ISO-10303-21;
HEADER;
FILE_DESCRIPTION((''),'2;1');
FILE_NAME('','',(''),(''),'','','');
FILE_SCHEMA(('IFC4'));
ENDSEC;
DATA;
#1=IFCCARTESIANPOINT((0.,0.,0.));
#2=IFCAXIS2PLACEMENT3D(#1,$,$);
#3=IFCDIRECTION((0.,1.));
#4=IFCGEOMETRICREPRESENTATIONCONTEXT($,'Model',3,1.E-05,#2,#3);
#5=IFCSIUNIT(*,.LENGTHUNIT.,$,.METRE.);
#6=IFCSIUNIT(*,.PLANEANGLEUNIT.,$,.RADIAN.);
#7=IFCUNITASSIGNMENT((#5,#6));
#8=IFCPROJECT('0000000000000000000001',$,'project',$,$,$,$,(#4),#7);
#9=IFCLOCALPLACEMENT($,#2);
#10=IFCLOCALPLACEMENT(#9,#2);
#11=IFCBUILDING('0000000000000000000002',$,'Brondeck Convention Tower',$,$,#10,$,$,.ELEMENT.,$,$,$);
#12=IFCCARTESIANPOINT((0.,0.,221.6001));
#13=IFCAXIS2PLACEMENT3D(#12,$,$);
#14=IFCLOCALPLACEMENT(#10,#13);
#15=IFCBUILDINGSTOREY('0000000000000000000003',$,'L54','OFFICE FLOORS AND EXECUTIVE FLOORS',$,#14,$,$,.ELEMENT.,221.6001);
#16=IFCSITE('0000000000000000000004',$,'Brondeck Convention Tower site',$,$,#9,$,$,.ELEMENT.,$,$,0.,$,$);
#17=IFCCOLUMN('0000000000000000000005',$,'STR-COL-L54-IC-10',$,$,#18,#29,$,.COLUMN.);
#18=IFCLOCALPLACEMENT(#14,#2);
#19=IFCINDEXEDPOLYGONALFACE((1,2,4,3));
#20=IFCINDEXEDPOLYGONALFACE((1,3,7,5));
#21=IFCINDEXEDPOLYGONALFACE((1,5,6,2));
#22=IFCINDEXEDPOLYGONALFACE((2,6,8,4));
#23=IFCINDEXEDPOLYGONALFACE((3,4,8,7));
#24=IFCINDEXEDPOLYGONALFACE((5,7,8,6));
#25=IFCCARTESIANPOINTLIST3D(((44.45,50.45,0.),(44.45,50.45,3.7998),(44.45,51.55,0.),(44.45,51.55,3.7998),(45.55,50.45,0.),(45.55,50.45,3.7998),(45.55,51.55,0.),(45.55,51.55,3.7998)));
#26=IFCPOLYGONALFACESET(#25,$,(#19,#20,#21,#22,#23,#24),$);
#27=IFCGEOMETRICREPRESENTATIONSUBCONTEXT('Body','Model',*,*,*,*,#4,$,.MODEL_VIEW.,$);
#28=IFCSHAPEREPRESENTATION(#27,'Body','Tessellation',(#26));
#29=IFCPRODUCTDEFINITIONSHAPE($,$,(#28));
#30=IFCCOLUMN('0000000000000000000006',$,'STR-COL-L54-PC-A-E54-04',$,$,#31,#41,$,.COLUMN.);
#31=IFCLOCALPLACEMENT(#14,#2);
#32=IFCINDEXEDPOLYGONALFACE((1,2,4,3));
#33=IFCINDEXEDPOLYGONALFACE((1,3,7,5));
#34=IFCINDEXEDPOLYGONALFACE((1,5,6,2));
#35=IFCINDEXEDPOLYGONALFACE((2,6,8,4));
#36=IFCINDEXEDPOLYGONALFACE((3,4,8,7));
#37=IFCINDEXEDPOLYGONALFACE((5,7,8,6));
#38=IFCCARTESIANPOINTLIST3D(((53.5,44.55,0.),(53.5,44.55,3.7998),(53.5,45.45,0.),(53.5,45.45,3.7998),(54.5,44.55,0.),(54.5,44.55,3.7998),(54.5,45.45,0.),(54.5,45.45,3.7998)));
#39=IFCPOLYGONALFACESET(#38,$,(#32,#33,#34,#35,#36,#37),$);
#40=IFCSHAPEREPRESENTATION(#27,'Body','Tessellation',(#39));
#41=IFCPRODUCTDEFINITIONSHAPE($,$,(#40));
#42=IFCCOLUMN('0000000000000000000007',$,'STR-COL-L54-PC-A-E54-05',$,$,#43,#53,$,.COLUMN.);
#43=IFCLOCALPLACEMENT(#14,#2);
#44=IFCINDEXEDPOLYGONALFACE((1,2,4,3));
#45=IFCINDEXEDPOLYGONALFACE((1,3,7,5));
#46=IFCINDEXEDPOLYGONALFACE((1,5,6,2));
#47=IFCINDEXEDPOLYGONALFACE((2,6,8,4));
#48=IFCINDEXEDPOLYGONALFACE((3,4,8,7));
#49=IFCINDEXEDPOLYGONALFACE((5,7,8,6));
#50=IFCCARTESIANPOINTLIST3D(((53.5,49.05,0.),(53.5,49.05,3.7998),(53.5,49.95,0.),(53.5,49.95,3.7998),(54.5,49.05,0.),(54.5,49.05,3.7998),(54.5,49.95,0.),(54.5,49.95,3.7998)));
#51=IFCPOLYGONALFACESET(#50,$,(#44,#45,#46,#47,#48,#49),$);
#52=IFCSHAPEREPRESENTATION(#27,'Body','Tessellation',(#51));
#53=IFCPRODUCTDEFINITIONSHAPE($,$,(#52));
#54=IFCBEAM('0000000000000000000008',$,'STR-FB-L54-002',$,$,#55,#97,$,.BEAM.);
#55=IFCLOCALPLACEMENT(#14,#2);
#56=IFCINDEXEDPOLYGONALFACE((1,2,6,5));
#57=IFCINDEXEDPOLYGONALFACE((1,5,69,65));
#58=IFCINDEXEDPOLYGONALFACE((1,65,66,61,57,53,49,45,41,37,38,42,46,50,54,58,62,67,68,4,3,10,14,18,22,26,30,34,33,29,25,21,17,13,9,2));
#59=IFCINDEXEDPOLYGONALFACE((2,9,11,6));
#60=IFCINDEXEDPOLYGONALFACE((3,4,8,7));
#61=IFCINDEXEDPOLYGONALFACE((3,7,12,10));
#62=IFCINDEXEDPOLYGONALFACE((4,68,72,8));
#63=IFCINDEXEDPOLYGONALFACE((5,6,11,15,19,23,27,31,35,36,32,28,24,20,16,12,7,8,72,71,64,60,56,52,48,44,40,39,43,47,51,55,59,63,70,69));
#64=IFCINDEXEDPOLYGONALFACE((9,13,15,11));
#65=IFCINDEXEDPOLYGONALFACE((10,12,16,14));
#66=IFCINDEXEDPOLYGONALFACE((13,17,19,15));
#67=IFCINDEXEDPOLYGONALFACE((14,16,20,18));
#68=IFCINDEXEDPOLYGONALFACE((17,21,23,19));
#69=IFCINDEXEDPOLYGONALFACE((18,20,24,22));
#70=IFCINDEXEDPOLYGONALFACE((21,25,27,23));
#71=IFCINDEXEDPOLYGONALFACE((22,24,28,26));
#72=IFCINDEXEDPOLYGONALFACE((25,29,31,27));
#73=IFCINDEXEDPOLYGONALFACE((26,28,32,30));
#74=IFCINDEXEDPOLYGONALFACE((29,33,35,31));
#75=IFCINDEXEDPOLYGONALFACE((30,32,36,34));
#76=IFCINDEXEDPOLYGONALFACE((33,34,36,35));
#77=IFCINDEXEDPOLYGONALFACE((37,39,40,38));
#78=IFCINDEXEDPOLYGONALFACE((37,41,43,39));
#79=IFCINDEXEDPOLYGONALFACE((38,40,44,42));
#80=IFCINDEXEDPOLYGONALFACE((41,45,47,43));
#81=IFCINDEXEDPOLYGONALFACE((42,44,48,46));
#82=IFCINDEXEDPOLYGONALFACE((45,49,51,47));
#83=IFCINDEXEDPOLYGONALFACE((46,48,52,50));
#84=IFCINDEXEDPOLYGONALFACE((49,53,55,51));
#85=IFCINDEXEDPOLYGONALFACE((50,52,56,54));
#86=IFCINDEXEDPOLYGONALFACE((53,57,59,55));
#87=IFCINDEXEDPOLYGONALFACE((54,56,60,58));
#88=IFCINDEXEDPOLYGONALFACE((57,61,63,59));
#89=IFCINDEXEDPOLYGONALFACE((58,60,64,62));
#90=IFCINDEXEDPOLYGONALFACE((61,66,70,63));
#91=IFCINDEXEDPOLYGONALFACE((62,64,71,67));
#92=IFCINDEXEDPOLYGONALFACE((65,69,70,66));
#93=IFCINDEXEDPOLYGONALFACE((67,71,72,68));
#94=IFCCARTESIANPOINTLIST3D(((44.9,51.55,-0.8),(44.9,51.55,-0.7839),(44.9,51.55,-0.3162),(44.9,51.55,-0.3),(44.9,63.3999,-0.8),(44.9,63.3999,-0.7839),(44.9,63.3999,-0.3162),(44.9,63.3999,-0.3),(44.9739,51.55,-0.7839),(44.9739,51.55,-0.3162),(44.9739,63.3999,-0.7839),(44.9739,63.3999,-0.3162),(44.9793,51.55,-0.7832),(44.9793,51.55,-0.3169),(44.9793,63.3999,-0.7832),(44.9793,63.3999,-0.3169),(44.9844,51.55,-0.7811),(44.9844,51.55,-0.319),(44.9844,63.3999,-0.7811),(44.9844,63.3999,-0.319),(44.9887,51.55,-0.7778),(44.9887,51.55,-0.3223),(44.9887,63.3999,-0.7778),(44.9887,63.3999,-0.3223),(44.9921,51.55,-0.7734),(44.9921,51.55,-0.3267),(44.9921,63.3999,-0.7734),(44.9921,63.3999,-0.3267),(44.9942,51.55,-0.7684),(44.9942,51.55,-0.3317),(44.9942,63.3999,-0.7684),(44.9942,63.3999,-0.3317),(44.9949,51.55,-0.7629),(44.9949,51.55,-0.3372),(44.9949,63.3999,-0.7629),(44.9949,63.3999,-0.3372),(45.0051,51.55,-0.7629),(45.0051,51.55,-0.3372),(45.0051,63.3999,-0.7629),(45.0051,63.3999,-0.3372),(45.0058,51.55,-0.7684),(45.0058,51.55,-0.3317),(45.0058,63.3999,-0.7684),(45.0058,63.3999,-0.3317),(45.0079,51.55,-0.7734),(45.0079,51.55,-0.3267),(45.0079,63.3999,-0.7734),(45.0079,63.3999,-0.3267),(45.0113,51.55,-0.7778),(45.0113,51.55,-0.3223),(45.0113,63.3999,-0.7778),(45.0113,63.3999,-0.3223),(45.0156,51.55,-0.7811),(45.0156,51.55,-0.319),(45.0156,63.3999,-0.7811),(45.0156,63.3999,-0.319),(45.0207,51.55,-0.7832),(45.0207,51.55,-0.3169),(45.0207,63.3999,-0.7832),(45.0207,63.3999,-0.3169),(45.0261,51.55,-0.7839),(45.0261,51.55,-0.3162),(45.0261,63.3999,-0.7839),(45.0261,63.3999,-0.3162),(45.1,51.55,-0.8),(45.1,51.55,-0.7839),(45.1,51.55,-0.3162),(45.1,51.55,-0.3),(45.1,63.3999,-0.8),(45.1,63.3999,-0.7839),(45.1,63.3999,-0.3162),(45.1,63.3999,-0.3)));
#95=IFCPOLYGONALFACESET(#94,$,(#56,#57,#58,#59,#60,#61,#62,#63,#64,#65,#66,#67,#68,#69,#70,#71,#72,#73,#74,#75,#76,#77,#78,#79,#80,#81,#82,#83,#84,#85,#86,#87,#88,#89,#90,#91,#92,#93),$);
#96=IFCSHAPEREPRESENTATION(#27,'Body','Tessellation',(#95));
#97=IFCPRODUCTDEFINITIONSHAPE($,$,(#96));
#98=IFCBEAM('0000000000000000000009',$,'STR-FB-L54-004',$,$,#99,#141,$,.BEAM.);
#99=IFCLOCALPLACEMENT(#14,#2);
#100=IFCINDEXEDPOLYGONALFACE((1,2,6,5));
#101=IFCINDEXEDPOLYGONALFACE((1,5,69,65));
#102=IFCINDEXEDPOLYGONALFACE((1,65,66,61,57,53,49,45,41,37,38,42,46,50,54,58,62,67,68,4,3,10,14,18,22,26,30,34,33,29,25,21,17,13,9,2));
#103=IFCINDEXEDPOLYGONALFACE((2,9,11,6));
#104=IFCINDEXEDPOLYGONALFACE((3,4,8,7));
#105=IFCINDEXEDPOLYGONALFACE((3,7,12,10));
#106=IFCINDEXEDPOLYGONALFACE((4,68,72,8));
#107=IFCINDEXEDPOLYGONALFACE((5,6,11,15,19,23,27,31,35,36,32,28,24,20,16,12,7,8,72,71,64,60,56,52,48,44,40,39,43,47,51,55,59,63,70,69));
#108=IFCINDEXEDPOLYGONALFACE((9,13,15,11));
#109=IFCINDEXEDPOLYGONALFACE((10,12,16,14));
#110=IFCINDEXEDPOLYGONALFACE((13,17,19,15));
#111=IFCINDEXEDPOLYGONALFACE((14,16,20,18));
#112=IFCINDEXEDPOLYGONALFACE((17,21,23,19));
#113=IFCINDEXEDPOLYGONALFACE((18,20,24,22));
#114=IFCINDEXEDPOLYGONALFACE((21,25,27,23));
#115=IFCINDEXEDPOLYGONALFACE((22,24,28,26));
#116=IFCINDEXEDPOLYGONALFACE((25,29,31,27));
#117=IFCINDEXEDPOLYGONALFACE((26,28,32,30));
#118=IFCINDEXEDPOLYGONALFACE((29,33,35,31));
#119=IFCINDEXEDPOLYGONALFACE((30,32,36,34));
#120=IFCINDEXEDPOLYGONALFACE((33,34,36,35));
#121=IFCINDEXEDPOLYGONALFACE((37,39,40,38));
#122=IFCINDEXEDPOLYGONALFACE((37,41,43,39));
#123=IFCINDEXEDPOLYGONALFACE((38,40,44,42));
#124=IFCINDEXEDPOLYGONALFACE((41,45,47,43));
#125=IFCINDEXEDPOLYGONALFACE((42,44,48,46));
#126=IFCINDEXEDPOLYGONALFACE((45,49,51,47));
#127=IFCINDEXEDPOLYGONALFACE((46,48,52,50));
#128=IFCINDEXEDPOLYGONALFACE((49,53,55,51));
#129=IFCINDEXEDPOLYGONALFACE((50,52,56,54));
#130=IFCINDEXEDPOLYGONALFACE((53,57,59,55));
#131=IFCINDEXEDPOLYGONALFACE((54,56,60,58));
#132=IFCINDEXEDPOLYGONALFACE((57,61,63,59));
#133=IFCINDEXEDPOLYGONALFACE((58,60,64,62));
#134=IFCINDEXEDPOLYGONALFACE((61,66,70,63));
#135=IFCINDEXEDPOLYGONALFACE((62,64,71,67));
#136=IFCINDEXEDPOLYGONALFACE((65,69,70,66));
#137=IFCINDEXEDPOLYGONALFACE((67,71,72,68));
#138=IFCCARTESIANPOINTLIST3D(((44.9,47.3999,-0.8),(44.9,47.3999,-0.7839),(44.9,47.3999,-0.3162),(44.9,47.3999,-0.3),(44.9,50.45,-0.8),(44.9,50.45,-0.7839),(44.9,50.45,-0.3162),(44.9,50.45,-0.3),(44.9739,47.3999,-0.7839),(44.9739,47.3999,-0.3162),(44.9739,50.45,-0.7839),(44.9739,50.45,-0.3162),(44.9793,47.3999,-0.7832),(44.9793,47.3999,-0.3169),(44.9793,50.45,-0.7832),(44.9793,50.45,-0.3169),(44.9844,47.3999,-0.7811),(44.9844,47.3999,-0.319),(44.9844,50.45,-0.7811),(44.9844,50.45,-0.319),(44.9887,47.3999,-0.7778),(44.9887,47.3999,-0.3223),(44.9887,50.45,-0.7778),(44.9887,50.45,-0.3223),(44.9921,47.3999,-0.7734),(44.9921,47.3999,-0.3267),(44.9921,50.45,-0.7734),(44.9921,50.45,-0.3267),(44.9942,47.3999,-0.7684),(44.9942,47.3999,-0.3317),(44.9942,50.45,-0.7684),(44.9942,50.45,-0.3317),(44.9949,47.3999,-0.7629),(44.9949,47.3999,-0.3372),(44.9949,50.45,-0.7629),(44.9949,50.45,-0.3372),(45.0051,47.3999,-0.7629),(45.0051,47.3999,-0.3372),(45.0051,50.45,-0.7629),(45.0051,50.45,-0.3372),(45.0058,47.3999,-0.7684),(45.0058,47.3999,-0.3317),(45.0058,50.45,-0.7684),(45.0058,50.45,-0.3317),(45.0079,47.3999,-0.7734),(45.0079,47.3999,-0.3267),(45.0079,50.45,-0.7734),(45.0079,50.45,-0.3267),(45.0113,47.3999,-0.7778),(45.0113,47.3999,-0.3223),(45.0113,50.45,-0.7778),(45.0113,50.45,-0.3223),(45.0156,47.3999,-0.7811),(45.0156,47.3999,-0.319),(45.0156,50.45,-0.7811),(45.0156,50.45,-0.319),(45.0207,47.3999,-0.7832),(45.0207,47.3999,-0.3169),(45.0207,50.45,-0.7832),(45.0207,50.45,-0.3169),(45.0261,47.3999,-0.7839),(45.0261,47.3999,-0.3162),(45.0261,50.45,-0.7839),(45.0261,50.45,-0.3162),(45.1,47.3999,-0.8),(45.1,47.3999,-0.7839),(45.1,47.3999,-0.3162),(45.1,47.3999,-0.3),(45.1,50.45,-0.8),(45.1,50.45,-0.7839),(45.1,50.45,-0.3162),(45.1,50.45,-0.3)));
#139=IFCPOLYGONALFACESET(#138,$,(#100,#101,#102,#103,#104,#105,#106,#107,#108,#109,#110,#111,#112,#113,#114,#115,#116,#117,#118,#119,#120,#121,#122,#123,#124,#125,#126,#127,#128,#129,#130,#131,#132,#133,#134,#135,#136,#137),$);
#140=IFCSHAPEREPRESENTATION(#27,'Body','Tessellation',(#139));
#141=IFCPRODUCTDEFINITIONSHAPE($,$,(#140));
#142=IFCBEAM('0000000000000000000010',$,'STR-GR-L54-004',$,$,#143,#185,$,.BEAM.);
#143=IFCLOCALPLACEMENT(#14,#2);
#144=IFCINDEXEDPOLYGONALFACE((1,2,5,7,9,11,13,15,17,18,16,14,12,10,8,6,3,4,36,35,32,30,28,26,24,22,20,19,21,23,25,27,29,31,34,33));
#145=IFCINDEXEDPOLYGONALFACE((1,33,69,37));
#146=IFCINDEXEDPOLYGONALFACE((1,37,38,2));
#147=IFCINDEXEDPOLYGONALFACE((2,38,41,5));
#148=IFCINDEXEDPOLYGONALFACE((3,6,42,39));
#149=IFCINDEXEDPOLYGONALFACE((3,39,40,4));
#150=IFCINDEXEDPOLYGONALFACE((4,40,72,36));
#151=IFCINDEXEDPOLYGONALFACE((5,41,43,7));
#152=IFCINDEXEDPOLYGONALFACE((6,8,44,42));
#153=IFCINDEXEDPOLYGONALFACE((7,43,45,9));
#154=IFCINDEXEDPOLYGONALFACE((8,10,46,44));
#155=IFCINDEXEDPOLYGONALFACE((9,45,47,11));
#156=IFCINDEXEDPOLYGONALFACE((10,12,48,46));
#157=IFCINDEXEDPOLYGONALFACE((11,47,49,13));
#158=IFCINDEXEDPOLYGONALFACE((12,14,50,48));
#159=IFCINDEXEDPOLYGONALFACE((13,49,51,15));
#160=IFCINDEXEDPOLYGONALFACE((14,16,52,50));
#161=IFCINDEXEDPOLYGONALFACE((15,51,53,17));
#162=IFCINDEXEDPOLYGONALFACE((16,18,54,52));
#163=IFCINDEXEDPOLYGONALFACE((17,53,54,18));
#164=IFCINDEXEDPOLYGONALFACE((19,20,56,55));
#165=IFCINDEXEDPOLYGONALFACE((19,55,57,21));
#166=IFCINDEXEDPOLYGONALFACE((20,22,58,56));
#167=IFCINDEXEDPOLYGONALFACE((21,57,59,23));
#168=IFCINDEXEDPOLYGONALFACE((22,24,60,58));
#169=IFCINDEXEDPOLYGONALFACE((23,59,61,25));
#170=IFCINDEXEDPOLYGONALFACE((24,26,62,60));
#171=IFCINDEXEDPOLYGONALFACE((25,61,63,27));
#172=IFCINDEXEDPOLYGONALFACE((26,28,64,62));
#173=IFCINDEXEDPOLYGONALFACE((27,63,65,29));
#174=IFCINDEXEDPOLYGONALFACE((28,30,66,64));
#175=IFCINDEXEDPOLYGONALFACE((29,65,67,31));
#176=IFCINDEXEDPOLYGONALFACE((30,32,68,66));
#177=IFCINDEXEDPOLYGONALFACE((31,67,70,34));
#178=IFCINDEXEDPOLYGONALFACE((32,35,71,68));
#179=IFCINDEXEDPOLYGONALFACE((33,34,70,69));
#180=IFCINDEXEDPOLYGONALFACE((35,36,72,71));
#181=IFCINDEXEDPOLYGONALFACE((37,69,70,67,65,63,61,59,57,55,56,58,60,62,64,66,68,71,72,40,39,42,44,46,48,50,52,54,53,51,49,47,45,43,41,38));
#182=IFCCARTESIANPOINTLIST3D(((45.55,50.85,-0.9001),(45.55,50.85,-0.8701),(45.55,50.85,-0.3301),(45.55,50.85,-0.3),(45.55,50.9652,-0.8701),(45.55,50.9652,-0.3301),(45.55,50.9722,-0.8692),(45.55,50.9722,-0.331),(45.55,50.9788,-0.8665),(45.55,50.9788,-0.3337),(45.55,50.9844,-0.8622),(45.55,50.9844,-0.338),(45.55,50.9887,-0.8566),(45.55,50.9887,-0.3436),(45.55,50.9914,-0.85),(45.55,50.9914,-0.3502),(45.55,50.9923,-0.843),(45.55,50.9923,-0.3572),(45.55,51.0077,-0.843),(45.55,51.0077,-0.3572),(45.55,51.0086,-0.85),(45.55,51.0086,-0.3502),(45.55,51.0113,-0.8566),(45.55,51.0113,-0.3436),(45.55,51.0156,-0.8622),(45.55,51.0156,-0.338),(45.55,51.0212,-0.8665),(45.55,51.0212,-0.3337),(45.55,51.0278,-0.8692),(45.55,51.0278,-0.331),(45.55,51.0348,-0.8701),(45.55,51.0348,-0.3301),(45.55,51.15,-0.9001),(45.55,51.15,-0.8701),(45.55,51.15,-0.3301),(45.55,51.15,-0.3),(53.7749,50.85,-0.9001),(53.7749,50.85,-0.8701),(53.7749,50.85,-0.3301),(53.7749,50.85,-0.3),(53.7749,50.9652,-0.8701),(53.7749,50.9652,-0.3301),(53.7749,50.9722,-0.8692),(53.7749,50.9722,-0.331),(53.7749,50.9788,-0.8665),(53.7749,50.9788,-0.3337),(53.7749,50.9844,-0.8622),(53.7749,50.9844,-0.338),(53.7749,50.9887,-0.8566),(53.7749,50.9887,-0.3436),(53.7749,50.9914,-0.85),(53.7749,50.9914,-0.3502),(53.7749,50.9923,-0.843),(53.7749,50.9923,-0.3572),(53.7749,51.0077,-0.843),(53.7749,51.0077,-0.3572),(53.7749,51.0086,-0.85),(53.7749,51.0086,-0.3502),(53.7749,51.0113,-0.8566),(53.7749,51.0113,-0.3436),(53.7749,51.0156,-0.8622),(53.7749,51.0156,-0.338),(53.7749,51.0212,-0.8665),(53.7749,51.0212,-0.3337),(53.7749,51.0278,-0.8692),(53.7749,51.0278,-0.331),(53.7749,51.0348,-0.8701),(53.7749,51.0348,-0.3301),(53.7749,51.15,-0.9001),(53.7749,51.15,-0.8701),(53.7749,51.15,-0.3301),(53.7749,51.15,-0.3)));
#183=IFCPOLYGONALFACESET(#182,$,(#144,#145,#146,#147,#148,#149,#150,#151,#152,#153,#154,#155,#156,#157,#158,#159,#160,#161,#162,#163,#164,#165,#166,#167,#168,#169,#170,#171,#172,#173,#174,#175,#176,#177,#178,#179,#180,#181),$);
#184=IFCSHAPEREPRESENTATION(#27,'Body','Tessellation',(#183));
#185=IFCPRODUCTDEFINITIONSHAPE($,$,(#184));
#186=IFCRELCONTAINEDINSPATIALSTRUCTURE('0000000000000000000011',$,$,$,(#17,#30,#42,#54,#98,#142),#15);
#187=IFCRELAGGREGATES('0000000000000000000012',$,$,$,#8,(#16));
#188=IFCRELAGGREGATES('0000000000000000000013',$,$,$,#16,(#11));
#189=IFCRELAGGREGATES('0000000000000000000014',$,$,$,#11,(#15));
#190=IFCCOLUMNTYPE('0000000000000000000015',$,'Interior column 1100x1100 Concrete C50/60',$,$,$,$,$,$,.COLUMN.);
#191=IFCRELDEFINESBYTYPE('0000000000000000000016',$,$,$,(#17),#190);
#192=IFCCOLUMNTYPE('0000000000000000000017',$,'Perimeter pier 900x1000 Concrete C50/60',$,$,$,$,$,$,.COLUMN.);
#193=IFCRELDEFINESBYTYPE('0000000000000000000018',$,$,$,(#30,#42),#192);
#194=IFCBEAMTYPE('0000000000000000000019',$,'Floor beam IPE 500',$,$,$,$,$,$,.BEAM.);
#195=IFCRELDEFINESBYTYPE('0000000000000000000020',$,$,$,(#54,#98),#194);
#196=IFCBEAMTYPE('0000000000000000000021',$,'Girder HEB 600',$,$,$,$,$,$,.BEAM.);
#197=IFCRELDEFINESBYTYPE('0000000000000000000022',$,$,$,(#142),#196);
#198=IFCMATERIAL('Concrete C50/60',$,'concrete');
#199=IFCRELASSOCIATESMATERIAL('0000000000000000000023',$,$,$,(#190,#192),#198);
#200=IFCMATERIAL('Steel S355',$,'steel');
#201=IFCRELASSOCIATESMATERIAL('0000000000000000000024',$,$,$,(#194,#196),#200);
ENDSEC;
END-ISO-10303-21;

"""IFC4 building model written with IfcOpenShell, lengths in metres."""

from ifc_helpers import new_model, si_unit, direction, frame, origin, origin_2d, place, context, subcontext, project, spatial, rectangle, i_section, extrude, material, material_profile, profile_set, type_object, element, save


model = new_model("IFC4")

# Units and contexts
model_context = context("Model", 3, precision=1e-05, world=origin(), true_north=direction((0.0, 1.0)))
body_context = subcontext(model_context, "Body", "Model", "MODEL_VIEW")
ifc_project = project(units=[si_unit("LENGTHUNIT", "METRE"), si_unit("PLANEANGLEUNIT", "RADIAN")], contexts=[model_context])

# Site, building, storey
site_placement = place(None, origin())
site = spatial("IfcSite", under=ifc_project, at=site_placement, Name="Brondeck Convention Tower site", CompositionType="ELEMENT", RefElevation=0.0)
building_placement = place(site_placement, origin())
building = spatial("IfcBuilding", under=site, at=building_placement, Name="Brondeck Convention Tower", CompositionType="ELEMENT")
storey_placement = place(building_placement, frame((0.0, 0.0, 221.6001)))
storey = spatial("IfcBuildingStorey", under=building, at=storey_placement, Name="L54", Description="OFFICE FLOORS AND EXECUTIVE FLOORS", CompositionType="ELEMENT", Elevation=221.6001)

# Columns
ifc_material_1 = material(Name="Concrete C50/60", Category="concrete")
ifc_material_profile_1 = material_profile(ifc_material_1, rectangle(XDim=1.1001, YDim=1.1001, at=origin_2d()), Name="Interior column 1100x1100 Concrete C50/60")
ifc_profile_set_1 = profile_set([ifc_material_profile_1], Name="Concrete C50/60")
column_type_1 = type_object("IfcColumnType", Name="Interior column 1100x1100 Concrete C50/60", PredefinedType="COLUMN", material=ifc_profile_set_1)
column_placement = place(storey_placement, frame((45.0, 51.0, 0.0), z_axis=(0.0, 0.0, 1.0), x_axis=(1.0, 0.0, 0.0)))
element("IfcColumn", 1, at=column_placement, inside=storey, type_object=column_type_1, Name="STR-COL-L54-IC-10", PredefinedType="COLUMN", context=body_context, shape_type="SweptSolid", body=[
    extrude(rectangle(XDim=1.1001, YDim=1.1001, at=origin_2d()), origin(), (0.0, 0.0, 1.0), 3.7998),
])
ifc_material_profile_2 = material_profile(ifc_material_1, rectangle(XDim=0.8999, YDim=1.0, at=origin_2d()), Name="Perimeter pier 900x1000 Concrete C50/60")
ifc_profile_set_2 = profile_set([ifc_material_profile_2], Name="Concrete C50/60")
column_type_2 = type_object("IfcColumnType", Name="Perimeter pier 900x1000 Concrete C50/60", PredefinedType="COLUMN", material=ifc_profile_set_2)
for number, where, z_axis, x_axis, name in (
    (2, (54.0, 45.0, 0.0), (0.0, 0.0, 1.0), (0.0, 1.0, 0.0), "STR-COL-L54-PC-A-E54-04"),
    (3, (54.0, 49.5, 0.0), (0.0, 0.0, 1.0), (0.0, 1.0, 0.0), "STR-COL-L54-PC-A-E54-05"),
):
    element("IfcColumn", number, at=place(storey_placement, frame(where, z_axis=z_axis, x_axis=x_axis)), inside=storey, type_object=column_type_2, Name=name, PredefinedType="COLUMN", context=body_context, shape_type="SweptSolid", body=[
        extrude(rectangle(XDim=0.8999, YDim=1.0, at=origin_2d()), origin(), (0.0, 0.0, 1.0), 3.7998),
    ])

# Beams
ifc_material_2 = material(Name="Steel S355", Category="steel")
ifc_material_profile_3 = material_profile(ifc_material_2, i_section(OverallWidth=0.2, OverallDepth=0.5, WebThickness=0.0103, FlangeThickness=0.0161, FilletRadius=0.021, at=origin_2d()), Name="IPE 500")
ifc_profile_set_3 = profile_set([ifc_material_profile_3], Name="Steel S355")
beam_type_1 = type_object("IfcBeamType", Name="Floor beam IPE 500", PredefinedType="BEAM", material=ifc_profile_set_3)
beam_1_placement = place(storey_placement, frame((45.0, 51.55, -0.55), z_axis=(0.0, 1.0, 0.0), x_axis=(-1.0, 0.0, 0.0)))
element("IfcBeam", 4, at=beam_1_placement, inside=storey, type_object=beam_type_1, Name="STR-FB-L54-002", PredefinedType="BEAM", context=body_context, shape_type="SweptSolid", body=[
    extrude(i_section(OverallWidth=0.2, OverallDepth=0.5, WebThickness=0.0103, FlangeThickness=0.0161, FilletRadius=0.021, at=origin_2d()), origin(), (0.0, 0.0, 1.0), 11.8499),
])
beam_2_placement = place(storey_placement, frame((45.0, 47.3999, -0.55), z_axis=(0.0, 1.0, 0.0), x_axis=(-1.0, 0.0, 0.0)))
element("IfcBeam", 5, at=beam_2_placement, inside=storey, type_object=beam_type_1, Name="STR-FB-L54-004", PredefinedType="BEAM", context=body_context, shape_type="SweptSolid", body=[
    extrude(i_section(OverallWidth=0.2, OverallDepth=0.5, WebThickness=0.0103, FlangeThickness=0.0161, FilletRadius=0.021, at=origin_2d()), origin(), (0.0, 0.0, 1.0), 3.05),
])
ifc_material_profile_4 = material_profile(ifc_material_2, i_section(OverallWidth=0.3, OverallDepth=0.6001, WebThickness=0.0154, FlangeThickness=0.03, FilletRadius=0.0271, at=origin_2d()), Name="HEB 600")
ifc_profile_set_4 = profile_set([ifc_material_profile_4], Name="Steel S355")
beam_type_2 = type_object("IfcBeamType", Name="Girder HEB 600", PredefinedType="BEAM", material=ifc_profile_set_4)
beam_3_placement = place(storey_placement, frame((45.55, 51.0, -0.6001), z_axis=(1.0, 0.0, 0.0), x_axis=(0.0, 1.0, 0.0)))
element("IfcBeam", 6, at=beam_3_placement, inside=storey, type_object=beam_type_2, Name="STR-GR-L54-004", PredefinedType="BEAM", context=body_context, shape_type="SweptSolid", body=[
    extrude(i_section(OverallWidth=0.3, OverallDepth=0.6001, WebThickness=0.0154, FlangeThickness=0.03, FilletRadius=0.0271, at=origin_2d()), origin(), (0.0, 0.0, 1.0), 8.2249),
])

save(model, "model.ifc")
